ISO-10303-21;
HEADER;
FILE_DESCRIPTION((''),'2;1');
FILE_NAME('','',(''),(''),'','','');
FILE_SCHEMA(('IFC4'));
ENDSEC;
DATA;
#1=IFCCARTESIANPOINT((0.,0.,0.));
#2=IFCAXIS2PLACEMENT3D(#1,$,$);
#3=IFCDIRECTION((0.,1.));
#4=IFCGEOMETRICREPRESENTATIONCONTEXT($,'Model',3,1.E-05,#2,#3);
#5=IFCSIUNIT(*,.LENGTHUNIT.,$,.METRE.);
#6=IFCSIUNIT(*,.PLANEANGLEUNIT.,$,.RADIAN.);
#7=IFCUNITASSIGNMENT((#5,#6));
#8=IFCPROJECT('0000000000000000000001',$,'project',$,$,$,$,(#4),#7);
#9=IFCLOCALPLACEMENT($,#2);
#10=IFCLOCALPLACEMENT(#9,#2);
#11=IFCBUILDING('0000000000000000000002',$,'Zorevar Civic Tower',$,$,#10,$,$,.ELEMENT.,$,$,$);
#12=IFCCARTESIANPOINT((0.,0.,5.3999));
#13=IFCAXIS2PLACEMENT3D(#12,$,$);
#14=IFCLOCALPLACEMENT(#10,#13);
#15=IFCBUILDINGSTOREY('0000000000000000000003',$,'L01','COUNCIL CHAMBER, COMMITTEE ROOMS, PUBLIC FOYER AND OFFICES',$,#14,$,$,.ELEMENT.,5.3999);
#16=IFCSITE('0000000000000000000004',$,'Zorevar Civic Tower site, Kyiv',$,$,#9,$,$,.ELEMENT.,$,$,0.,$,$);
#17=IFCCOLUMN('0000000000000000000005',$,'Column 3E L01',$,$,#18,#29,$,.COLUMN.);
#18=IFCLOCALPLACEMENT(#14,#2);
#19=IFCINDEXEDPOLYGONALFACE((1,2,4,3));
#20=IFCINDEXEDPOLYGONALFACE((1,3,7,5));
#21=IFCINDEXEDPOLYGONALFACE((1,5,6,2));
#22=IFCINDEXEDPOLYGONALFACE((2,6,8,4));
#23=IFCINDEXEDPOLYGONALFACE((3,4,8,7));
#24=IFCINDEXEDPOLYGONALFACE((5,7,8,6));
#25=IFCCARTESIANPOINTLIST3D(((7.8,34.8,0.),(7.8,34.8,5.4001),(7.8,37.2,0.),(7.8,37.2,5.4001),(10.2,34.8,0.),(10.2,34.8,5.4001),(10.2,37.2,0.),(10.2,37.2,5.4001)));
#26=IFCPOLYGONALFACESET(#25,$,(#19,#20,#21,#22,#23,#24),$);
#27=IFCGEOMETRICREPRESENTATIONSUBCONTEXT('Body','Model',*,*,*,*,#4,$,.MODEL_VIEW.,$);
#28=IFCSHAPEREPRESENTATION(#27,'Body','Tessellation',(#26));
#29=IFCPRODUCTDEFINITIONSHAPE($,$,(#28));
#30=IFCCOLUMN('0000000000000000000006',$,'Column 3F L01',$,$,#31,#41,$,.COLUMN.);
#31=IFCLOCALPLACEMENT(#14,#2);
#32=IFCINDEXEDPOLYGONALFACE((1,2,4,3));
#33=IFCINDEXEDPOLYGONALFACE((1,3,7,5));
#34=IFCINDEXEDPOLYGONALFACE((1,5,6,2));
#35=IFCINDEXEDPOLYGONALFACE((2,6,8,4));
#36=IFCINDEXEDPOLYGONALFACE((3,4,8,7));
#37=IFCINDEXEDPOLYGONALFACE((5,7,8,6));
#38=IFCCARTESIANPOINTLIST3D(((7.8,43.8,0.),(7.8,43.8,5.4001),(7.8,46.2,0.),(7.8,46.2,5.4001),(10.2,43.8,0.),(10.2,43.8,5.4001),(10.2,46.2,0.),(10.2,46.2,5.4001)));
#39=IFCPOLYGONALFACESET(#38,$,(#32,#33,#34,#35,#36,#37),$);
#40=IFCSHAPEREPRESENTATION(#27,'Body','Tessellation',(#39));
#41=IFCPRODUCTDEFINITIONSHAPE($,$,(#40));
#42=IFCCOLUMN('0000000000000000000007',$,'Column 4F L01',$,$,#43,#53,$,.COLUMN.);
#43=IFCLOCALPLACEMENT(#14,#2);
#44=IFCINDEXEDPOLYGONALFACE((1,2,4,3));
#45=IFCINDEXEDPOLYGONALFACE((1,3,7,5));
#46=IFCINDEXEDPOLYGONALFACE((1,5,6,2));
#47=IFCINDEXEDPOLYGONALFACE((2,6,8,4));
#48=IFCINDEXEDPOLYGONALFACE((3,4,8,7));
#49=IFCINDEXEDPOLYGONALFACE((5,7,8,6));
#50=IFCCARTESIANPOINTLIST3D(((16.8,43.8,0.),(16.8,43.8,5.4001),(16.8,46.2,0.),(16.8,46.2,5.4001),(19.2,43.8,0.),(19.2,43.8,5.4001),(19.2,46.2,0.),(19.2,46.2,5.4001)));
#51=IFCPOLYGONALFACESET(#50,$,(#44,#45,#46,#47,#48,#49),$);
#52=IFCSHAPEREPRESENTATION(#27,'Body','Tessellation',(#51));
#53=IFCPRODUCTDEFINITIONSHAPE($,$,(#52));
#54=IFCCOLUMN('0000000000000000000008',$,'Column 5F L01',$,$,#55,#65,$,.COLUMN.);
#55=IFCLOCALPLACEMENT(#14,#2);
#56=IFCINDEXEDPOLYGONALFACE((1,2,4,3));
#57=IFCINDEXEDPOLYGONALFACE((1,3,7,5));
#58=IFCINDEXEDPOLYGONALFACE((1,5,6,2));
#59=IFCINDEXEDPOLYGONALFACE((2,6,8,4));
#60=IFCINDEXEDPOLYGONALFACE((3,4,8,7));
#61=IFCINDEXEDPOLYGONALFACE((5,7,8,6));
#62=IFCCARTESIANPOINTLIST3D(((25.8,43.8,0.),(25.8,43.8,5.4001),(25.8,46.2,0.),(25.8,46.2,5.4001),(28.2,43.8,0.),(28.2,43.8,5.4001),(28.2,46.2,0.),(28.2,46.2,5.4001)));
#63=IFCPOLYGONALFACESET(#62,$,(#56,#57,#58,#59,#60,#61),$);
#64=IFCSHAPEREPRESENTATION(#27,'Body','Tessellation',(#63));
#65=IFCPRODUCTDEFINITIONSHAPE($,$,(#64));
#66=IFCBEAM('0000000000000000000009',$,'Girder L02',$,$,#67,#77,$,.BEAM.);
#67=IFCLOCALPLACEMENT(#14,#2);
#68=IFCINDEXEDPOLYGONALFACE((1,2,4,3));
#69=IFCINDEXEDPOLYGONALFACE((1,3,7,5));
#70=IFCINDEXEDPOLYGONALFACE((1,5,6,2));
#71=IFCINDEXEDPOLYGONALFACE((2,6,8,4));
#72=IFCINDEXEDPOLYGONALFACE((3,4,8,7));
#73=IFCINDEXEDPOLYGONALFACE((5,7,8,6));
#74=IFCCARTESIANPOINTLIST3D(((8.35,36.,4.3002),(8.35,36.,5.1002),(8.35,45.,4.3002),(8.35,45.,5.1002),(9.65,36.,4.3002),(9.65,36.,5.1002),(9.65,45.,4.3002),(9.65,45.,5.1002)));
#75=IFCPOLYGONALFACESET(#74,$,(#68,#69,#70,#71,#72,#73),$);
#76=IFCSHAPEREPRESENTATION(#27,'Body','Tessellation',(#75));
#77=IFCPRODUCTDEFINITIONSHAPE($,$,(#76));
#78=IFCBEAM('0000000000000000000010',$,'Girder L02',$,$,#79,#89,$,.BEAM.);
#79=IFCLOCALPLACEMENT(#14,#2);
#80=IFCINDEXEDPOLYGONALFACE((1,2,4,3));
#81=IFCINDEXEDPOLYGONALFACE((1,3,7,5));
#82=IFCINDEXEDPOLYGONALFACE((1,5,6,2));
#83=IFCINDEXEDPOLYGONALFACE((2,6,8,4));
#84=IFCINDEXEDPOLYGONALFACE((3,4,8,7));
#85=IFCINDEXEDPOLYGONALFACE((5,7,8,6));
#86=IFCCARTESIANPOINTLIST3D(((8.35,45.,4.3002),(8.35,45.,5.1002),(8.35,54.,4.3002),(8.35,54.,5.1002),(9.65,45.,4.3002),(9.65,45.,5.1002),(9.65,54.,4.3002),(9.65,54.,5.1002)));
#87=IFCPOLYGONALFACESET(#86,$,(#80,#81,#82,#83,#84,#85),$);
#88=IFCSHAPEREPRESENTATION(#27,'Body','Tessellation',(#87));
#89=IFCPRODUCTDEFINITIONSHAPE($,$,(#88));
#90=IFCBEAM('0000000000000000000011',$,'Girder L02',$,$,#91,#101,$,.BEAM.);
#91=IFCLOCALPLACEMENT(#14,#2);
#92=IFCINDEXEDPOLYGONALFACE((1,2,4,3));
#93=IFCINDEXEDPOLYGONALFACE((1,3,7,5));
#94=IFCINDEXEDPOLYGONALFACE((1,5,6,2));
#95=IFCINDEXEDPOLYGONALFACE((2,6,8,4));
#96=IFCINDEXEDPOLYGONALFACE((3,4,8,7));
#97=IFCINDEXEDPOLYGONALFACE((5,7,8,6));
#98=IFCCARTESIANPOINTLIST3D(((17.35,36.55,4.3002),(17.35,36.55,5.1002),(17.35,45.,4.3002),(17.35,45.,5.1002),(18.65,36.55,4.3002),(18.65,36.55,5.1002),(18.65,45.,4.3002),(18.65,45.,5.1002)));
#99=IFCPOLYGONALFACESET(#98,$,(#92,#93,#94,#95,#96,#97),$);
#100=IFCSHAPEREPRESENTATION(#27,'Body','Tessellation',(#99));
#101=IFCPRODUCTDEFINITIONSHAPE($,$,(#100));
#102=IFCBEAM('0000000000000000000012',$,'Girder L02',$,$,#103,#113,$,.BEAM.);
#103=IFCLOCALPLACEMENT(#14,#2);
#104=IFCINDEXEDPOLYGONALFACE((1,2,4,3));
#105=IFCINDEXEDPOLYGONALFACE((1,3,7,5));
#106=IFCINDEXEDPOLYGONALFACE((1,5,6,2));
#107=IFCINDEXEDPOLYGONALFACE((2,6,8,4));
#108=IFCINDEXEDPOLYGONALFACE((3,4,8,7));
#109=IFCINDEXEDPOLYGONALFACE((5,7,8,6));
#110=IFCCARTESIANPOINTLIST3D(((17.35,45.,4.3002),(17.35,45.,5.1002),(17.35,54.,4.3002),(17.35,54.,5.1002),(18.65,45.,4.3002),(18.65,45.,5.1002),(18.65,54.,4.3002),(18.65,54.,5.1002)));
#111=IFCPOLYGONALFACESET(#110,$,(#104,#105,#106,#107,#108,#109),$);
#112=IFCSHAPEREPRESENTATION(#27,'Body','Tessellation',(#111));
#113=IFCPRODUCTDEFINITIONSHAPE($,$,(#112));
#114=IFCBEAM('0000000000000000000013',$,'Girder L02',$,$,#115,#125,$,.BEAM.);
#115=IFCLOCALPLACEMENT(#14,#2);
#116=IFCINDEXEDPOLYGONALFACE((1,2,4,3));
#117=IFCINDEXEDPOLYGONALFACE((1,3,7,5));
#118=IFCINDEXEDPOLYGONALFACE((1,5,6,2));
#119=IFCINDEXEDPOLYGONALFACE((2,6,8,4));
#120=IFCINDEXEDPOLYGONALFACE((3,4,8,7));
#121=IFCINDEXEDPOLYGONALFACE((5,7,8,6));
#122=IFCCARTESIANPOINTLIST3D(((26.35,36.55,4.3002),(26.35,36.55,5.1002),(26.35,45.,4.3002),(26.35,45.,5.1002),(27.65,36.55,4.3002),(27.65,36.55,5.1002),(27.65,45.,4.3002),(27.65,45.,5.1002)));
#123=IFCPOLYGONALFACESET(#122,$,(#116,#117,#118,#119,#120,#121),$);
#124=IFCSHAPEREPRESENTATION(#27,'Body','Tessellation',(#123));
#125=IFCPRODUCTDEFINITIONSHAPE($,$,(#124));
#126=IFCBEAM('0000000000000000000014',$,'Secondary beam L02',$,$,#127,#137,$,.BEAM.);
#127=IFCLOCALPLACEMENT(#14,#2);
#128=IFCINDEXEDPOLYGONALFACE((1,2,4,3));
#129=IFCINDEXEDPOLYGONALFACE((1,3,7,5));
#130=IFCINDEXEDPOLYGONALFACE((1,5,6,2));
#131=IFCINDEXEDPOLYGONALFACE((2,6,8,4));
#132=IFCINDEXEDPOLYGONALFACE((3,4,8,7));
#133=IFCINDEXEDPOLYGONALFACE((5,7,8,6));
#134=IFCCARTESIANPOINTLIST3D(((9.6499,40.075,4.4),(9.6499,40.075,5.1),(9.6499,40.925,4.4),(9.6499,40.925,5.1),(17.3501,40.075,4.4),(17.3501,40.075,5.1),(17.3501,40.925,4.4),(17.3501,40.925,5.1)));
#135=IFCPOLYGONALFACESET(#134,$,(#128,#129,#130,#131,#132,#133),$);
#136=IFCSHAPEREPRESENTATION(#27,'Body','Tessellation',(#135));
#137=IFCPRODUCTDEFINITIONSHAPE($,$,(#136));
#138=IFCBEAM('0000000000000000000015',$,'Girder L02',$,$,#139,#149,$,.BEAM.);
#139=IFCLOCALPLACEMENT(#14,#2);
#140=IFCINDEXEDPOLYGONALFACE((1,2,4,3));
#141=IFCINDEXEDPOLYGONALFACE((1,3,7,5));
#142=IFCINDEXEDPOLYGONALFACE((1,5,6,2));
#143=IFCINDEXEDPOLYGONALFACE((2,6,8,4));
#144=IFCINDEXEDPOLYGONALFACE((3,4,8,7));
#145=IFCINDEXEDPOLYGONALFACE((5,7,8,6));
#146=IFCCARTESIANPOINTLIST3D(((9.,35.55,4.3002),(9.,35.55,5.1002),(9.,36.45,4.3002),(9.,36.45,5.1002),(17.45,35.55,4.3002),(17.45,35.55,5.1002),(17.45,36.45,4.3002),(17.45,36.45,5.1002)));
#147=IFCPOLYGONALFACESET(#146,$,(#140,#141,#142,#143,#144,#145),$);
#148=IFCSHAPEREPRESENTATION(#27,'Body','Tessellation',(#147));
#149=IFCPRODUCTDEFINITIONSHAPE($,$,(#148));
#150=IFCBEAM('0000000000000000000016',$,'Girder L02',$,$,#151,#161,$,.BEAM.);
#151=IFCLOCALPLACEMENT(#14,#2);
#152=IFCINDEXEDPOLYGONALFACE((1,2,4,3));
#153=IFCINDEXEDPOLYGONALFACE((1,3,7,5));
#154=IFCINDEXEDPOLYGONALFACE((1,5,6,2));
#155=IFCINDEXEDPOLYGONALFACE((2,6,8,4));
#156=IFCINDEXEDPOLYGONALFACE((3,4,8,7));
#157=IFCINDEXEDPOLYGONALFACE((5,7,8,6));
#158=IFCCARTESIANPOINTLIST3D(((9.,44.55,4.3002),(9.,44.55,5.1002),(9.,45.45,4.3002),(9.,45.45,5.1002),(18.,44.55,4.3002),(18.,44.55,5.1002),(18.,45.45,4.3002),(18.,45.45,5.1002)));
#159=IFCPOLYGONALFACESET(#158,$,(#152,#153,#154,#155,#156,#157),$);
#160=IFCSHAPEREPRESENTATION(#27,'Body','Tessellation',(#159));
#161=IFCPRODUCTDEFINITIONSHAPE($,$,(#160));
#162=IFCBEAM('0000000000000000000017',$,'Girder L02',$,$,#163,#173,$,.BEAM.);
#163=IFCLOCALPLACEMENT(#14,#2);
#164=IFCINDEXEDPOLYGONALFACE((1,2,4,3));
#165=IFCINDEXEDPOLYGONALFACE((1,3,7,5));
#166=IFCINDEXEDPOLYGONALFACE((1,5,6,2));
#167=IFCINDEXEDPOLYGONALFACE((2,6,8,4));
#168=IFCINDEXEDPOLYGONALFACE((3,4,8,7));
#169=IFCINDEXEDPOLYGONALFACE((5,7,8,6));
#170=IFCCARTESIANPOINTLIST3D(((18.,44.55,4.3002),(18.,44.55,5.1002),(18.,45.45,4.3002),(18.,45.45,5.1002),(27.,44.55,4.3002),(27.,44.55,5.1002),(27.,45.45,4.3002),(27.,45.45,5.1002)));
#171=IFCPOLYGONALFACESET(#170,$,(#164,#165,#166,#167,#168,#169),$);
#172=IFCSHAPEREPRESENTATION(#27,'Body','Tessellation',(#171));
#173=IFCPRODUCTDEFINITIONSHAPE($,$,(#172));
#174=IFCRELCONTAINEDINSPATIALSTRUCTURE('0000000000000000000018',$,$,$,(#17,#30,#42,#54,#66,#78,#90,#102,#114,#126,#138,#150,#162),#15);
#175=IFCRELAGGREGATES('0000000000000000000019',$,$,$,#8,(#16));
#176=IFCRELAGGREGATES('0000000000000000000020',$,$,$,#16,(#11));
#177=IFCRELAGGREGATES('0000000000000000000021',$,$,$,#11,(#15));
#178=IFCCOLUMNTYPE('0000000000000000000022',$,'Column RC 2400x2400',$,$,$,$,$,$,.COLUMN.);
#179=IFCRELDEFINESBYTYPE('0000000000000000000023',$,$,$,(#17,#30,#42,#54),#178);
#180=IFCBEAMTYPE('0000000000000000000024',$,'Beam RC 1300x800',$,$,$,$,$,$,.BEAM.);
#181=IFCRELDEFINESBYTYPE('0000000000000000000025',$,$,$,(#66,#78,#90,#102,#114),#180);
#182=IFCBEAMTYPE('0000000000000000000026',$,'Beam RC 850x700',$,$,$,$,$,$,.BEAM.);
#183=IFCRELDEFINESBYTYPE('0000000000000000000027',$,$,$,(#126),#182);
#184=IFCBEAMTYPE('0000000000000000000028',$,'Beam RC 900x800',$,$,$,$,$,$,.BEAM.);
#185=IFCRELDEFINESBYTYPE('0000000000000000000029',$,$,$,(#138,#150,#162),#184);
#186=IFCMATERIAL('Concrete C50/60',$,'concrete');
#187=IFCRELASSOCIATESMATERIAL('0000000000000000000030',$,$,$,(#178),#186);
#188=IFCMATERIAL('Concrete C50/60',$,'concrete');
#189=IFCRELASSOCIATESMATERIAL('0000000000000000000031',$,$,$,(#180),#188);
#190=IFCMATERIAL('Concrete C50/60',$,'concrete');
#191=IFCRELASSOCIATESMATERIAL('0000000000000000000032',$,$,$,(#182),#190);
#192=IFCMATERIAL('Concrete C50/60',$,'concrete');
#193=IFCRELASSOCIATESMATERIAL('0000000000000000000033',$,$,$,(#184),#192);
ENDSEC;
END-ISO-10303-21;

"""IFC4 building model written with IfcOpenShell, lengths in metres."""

from ifc_helpers import new_model, si_unit, direction, frame, origin, origin_2d, place, context, subcontext, project, spatial, rectangle, extrude, material, material_profile, profile_set, type_object, element, save


model = new_model("IFC4")

# Units and contexts
model_context = context("Model", 3, precision=1e-05, world=origin(), true_north=direction((0.0, 1.0)))
body_context = subcontext(model_context, "Body", "Model", "MODEL_VIEW")
ifc_project = project(units=[si_unit("LENGTHUNIT", "METRE"), si_unit("PLANEANGLEUNIT", "RADIAN")], contexts=[model_context])

# Site, building, storey
site_placement = place(None, origin())
site = spatial("IfcSite", under=ifc_project, at=site_placement, Name="Zorevar Civic Tower site, Kyiv", CompositionType="ELEMENT", RefElevation=0.0)
building_placement = place(site_placement, origin())
building = spatial("IfcBuilding", under=site, at=building_placement, Name="Zorevar Civic Tower", CompositionType="ELEMENT")
storey_placement = place(building_placement, frame((0.0, 0.0, 5.3999)))
storey = spatial("IfcBuildingStorey", under=building, at=storey_placement, Name="L01", Description="COUNCIL CHAMBER, COMMITTEE ROOMS, PUBLIC FOYER AND OFFICES", CompositionType="ELEMENT", Elevation=5.3999)

# Columns
ifc_material_1 = material(Name="Concrete C50/60", Category="concrete")
ifc_material_profile_1 = material_profile(ifc_material_1, rectangle(XDim=2.3999, YDim=2.3999, at=origin_2d()), Name="RC 2400x2400")
ifc_profile_set_1 = profile_set([ifc_material_profile_1], Name="Concrete C50/60")
column_type = type_object("IfcColumnType", Name="Column RC 2400x2400", PredefinedType="COLUMN", material=ifc_profile_set_1)
for number, where, z_axis, x_axis, name in (
    (1, (9.0, 36.0, 0.0), (0.0, 0.0, 1.0), (1.0, 0.0, 0.0), "Column 3E L01"),
    (2, (9.0, 45.0, 0.0), (0.0, 0.0, 1.0), (1.0, 0.0, 0.0), "Column 3F L01"),
    (3, (18.0, 45.0, 0.0), (0.0, 0.0, 1.0), (1.0, 0.0, 0.0), "Column 4F L01"),
    (4, (27.0, 45.0, 0.0), (0.0, 0.0, 1.0), (1.0, 0.0, 0.0), "Column 5F L01"),
):
    element("IfcColumn", number, at=place(storey_placement, frame(where, z_axis=z_axis, x_axis=x_axis)), inside=storey, type_object=column_type, Name=name, PredefinedType="COLUMN", context=body_context, shape_type="SweptSolid", body=[
        extrude(rectangle(XDim=2.3999, YDim=2.3999, at=origin_2d()), origin(), (0.0, 0.0, 1.0), 5.4001),
    ])

# Beams
ifc_material_2 = material(Name="Concrete C50/60", Category="concrete")
ifc_material_profile_2 = material_profile(ifc_material_2, rectangle(XDim=1.3, YDim=0.8, at=origin_2d()), Name="RC 1300x800")
ifc_profile_set_2 = profile_set([ifc_material_profile_2], Name="Concrete C50/60")
beam_type_1 = type_object("IfcBeamType", Name="Beam RC 1300x800", PredefinedType="BEAM", material=ifc_profile_set_2)
for number, where, z_axis, x_axis, name in (
    (5, (9.0, 36.0, 4.7002), (0.0, 1.0, 0.0), (-1.0, 0.0, 0.0), "Girder L02"),
    (6, (9.0, 45.0, 4.7002), (0.0, 1.0, 0.0), (-1.0, 0.0, 0.0), "Girder L02"),
):
    element("IfcBeam", number, at=place(storey_placement, frame(where, z_axis=z_axis, x_axis=x_axis)), inside=storey, type_object=beam_type_1, Name=name, PredefinedType="BEAM", context=body_context, shape_type="SweptSolid", body=[
        extrude(rectangle(XDim=1.3, YDim=0.8, at=origin_2d()), origin(), (0.0, 0.0, 1.0), 9.0),
    ])
beam_1_placement = place(storey_placement, frame((18.0, 36.55, 4.7002), z_axis=(0.0, 1.0, 0.0), x_axis=(-1.0, 0.0, 0.0)))
element("IfcBeam", 7, at=beam_1_placement, inside=storey, type_object=beam_type_1, Name="Girder L02", PredefinedType="BEAM", context=body_context, shape_type="SweptSolid", body=[
    extrude(rectangle(XDim=1.3, YDim=0.8, at=origin_2d()), origin(), (0.0, 0.0, 1.0), 8.45),
])
beam_2_placement = place(storey_placement, frame((18.0, 45.0, 4.7002), z_axis=(0.0, 1.0, 0.0), x_axis=(-1.0, 0.0, 0.0)))
element("IfcBeam", 8, at=beam_2_placement, inside=storey, type_object=beam_type_1, Name="Girder L02", PredefinedType="BEAM", context=body_context, shape_type="SweptSolid", body=[
    extrude(rectangle(XDim=1.3, YDim=0.8, at=origin_2d()), origin(), (0.0, 0.0, 1.0), 9.0),
])
beam_3_placement = place(storey_placement, frame((27.0, 36.55, 4.7002), z_axis=(0.0, 1.0, 0.0), x_axis=(-1.0, 0.0, 0.0)))
element("IfcBeam", 9, at=beam_3_placement, inside=storey, type_object=beam_type_1, Name="Girder L02", PredefinedType="BEAM", context=body_context, shape_type="SweptSolid", body=[
    extrude(rectangle(XDim=1.3, YDim=0.8, at=origin_2d()), origin(), (0.0, 0.0, 1.0), 8.45),
])
ifc_material_3 = material(Name="Concrete C50/60", Category="concrete")
ifc_material_profile_3 = material_profile(ifc_material_3, rectangle(XDim=0.8501, YDim=0.7, at=origin_2d()), Name="RC 850x700")
ifc_profile_set_3 = profile_set([ifc_material_profile_3], Name="Concrete C50/60")
beam_type_2 = type_object("IfcBeamType", Name="Beam RC 850x700", PredefinedType="BEAM", material=ifc_profile_set_3)
beam_4_placement = place(storey_placement, frame((9.6499, 40.5, 4.75), z_axis=(1.0, 0.0, 0.0), x_axis=(0.0, 1.0, 0.0)))
element("IfcBeam", 10, at=beam_4_placement, inside=storey, type_object=beam_type_2, Name="Secondary beam L02", PredefinedType="BEAM", context=body_context, shape_type="SweptSolid", body=[
    extrude(rectangle(XDim=0.8501, YDim=0.7, at=origin_2d()), origin(), (0.0, 0.0, 1.0), 7.7002),
])
ifc_material_4 = material(Name="Concrete C50/60", Category="concrete")
ifc_material_profile_4 = material_profile(ifc_material_4, rectangle(XDim=0.8999, YDim=0.8, at=origin_2d()), Name="RC 900x800")
ifc_profile_set_4 = profile_set([ifc_material_profile_4], Name="Concrete C50/60")
beam_type_3 = type_object("IfcBeamType", Name="Beam RC 900x800", PredefinedType="BEAM", material=ifc_profile_set_4)
beam_5_placement = place(storey_placement, frame((9.0, 36.0, 4.7002), z_axis=(1.0, 0.0, 0.0), x_axis=(0.0, 1.0, 0.0)))
element("IfcBeam", 11, at=beam_5_placement, inside=storey, type_object=beam_type_3, Name="Girder L02", PredefinedType="BEAM", context=body_context, shape_type="SweptSolid", body=[
    extrude(rectangle(XDim=0.8999, YDim=0.8, at=origin_2d()), origin(), (0.0, 0.0, 1.0), 8.45),
])
for number, where, z_axis, x_axis, name in (
    (12, (9.0, 45.0, 4.7002), (1.0, 0.0, 0.0), (0.0, 1.0, 0.0), "Girder L02"),
    (13, (18.0, 45.0, 4.7002), (1.0, 0.0, 0.0), (0.0, 1.0, 0.0), "Girder L02"),
):
    element("IfcBeam", number, at=place(storey_placement, frame(where, z_axis=z_axis, x_axis=x_axis)), inside=storey, type_object=beam_type_3, Name=name, PredefinedType="BEAM", context=body_context, shape_type="SweptSolid", body=[
        extrude(rectangle(XDim=0.8999, YDim=0.8, at=origin_2d()), origin(), (0.0, 0.0, 1.0), 9.0),
    ])

save(model, "model.ifc")
